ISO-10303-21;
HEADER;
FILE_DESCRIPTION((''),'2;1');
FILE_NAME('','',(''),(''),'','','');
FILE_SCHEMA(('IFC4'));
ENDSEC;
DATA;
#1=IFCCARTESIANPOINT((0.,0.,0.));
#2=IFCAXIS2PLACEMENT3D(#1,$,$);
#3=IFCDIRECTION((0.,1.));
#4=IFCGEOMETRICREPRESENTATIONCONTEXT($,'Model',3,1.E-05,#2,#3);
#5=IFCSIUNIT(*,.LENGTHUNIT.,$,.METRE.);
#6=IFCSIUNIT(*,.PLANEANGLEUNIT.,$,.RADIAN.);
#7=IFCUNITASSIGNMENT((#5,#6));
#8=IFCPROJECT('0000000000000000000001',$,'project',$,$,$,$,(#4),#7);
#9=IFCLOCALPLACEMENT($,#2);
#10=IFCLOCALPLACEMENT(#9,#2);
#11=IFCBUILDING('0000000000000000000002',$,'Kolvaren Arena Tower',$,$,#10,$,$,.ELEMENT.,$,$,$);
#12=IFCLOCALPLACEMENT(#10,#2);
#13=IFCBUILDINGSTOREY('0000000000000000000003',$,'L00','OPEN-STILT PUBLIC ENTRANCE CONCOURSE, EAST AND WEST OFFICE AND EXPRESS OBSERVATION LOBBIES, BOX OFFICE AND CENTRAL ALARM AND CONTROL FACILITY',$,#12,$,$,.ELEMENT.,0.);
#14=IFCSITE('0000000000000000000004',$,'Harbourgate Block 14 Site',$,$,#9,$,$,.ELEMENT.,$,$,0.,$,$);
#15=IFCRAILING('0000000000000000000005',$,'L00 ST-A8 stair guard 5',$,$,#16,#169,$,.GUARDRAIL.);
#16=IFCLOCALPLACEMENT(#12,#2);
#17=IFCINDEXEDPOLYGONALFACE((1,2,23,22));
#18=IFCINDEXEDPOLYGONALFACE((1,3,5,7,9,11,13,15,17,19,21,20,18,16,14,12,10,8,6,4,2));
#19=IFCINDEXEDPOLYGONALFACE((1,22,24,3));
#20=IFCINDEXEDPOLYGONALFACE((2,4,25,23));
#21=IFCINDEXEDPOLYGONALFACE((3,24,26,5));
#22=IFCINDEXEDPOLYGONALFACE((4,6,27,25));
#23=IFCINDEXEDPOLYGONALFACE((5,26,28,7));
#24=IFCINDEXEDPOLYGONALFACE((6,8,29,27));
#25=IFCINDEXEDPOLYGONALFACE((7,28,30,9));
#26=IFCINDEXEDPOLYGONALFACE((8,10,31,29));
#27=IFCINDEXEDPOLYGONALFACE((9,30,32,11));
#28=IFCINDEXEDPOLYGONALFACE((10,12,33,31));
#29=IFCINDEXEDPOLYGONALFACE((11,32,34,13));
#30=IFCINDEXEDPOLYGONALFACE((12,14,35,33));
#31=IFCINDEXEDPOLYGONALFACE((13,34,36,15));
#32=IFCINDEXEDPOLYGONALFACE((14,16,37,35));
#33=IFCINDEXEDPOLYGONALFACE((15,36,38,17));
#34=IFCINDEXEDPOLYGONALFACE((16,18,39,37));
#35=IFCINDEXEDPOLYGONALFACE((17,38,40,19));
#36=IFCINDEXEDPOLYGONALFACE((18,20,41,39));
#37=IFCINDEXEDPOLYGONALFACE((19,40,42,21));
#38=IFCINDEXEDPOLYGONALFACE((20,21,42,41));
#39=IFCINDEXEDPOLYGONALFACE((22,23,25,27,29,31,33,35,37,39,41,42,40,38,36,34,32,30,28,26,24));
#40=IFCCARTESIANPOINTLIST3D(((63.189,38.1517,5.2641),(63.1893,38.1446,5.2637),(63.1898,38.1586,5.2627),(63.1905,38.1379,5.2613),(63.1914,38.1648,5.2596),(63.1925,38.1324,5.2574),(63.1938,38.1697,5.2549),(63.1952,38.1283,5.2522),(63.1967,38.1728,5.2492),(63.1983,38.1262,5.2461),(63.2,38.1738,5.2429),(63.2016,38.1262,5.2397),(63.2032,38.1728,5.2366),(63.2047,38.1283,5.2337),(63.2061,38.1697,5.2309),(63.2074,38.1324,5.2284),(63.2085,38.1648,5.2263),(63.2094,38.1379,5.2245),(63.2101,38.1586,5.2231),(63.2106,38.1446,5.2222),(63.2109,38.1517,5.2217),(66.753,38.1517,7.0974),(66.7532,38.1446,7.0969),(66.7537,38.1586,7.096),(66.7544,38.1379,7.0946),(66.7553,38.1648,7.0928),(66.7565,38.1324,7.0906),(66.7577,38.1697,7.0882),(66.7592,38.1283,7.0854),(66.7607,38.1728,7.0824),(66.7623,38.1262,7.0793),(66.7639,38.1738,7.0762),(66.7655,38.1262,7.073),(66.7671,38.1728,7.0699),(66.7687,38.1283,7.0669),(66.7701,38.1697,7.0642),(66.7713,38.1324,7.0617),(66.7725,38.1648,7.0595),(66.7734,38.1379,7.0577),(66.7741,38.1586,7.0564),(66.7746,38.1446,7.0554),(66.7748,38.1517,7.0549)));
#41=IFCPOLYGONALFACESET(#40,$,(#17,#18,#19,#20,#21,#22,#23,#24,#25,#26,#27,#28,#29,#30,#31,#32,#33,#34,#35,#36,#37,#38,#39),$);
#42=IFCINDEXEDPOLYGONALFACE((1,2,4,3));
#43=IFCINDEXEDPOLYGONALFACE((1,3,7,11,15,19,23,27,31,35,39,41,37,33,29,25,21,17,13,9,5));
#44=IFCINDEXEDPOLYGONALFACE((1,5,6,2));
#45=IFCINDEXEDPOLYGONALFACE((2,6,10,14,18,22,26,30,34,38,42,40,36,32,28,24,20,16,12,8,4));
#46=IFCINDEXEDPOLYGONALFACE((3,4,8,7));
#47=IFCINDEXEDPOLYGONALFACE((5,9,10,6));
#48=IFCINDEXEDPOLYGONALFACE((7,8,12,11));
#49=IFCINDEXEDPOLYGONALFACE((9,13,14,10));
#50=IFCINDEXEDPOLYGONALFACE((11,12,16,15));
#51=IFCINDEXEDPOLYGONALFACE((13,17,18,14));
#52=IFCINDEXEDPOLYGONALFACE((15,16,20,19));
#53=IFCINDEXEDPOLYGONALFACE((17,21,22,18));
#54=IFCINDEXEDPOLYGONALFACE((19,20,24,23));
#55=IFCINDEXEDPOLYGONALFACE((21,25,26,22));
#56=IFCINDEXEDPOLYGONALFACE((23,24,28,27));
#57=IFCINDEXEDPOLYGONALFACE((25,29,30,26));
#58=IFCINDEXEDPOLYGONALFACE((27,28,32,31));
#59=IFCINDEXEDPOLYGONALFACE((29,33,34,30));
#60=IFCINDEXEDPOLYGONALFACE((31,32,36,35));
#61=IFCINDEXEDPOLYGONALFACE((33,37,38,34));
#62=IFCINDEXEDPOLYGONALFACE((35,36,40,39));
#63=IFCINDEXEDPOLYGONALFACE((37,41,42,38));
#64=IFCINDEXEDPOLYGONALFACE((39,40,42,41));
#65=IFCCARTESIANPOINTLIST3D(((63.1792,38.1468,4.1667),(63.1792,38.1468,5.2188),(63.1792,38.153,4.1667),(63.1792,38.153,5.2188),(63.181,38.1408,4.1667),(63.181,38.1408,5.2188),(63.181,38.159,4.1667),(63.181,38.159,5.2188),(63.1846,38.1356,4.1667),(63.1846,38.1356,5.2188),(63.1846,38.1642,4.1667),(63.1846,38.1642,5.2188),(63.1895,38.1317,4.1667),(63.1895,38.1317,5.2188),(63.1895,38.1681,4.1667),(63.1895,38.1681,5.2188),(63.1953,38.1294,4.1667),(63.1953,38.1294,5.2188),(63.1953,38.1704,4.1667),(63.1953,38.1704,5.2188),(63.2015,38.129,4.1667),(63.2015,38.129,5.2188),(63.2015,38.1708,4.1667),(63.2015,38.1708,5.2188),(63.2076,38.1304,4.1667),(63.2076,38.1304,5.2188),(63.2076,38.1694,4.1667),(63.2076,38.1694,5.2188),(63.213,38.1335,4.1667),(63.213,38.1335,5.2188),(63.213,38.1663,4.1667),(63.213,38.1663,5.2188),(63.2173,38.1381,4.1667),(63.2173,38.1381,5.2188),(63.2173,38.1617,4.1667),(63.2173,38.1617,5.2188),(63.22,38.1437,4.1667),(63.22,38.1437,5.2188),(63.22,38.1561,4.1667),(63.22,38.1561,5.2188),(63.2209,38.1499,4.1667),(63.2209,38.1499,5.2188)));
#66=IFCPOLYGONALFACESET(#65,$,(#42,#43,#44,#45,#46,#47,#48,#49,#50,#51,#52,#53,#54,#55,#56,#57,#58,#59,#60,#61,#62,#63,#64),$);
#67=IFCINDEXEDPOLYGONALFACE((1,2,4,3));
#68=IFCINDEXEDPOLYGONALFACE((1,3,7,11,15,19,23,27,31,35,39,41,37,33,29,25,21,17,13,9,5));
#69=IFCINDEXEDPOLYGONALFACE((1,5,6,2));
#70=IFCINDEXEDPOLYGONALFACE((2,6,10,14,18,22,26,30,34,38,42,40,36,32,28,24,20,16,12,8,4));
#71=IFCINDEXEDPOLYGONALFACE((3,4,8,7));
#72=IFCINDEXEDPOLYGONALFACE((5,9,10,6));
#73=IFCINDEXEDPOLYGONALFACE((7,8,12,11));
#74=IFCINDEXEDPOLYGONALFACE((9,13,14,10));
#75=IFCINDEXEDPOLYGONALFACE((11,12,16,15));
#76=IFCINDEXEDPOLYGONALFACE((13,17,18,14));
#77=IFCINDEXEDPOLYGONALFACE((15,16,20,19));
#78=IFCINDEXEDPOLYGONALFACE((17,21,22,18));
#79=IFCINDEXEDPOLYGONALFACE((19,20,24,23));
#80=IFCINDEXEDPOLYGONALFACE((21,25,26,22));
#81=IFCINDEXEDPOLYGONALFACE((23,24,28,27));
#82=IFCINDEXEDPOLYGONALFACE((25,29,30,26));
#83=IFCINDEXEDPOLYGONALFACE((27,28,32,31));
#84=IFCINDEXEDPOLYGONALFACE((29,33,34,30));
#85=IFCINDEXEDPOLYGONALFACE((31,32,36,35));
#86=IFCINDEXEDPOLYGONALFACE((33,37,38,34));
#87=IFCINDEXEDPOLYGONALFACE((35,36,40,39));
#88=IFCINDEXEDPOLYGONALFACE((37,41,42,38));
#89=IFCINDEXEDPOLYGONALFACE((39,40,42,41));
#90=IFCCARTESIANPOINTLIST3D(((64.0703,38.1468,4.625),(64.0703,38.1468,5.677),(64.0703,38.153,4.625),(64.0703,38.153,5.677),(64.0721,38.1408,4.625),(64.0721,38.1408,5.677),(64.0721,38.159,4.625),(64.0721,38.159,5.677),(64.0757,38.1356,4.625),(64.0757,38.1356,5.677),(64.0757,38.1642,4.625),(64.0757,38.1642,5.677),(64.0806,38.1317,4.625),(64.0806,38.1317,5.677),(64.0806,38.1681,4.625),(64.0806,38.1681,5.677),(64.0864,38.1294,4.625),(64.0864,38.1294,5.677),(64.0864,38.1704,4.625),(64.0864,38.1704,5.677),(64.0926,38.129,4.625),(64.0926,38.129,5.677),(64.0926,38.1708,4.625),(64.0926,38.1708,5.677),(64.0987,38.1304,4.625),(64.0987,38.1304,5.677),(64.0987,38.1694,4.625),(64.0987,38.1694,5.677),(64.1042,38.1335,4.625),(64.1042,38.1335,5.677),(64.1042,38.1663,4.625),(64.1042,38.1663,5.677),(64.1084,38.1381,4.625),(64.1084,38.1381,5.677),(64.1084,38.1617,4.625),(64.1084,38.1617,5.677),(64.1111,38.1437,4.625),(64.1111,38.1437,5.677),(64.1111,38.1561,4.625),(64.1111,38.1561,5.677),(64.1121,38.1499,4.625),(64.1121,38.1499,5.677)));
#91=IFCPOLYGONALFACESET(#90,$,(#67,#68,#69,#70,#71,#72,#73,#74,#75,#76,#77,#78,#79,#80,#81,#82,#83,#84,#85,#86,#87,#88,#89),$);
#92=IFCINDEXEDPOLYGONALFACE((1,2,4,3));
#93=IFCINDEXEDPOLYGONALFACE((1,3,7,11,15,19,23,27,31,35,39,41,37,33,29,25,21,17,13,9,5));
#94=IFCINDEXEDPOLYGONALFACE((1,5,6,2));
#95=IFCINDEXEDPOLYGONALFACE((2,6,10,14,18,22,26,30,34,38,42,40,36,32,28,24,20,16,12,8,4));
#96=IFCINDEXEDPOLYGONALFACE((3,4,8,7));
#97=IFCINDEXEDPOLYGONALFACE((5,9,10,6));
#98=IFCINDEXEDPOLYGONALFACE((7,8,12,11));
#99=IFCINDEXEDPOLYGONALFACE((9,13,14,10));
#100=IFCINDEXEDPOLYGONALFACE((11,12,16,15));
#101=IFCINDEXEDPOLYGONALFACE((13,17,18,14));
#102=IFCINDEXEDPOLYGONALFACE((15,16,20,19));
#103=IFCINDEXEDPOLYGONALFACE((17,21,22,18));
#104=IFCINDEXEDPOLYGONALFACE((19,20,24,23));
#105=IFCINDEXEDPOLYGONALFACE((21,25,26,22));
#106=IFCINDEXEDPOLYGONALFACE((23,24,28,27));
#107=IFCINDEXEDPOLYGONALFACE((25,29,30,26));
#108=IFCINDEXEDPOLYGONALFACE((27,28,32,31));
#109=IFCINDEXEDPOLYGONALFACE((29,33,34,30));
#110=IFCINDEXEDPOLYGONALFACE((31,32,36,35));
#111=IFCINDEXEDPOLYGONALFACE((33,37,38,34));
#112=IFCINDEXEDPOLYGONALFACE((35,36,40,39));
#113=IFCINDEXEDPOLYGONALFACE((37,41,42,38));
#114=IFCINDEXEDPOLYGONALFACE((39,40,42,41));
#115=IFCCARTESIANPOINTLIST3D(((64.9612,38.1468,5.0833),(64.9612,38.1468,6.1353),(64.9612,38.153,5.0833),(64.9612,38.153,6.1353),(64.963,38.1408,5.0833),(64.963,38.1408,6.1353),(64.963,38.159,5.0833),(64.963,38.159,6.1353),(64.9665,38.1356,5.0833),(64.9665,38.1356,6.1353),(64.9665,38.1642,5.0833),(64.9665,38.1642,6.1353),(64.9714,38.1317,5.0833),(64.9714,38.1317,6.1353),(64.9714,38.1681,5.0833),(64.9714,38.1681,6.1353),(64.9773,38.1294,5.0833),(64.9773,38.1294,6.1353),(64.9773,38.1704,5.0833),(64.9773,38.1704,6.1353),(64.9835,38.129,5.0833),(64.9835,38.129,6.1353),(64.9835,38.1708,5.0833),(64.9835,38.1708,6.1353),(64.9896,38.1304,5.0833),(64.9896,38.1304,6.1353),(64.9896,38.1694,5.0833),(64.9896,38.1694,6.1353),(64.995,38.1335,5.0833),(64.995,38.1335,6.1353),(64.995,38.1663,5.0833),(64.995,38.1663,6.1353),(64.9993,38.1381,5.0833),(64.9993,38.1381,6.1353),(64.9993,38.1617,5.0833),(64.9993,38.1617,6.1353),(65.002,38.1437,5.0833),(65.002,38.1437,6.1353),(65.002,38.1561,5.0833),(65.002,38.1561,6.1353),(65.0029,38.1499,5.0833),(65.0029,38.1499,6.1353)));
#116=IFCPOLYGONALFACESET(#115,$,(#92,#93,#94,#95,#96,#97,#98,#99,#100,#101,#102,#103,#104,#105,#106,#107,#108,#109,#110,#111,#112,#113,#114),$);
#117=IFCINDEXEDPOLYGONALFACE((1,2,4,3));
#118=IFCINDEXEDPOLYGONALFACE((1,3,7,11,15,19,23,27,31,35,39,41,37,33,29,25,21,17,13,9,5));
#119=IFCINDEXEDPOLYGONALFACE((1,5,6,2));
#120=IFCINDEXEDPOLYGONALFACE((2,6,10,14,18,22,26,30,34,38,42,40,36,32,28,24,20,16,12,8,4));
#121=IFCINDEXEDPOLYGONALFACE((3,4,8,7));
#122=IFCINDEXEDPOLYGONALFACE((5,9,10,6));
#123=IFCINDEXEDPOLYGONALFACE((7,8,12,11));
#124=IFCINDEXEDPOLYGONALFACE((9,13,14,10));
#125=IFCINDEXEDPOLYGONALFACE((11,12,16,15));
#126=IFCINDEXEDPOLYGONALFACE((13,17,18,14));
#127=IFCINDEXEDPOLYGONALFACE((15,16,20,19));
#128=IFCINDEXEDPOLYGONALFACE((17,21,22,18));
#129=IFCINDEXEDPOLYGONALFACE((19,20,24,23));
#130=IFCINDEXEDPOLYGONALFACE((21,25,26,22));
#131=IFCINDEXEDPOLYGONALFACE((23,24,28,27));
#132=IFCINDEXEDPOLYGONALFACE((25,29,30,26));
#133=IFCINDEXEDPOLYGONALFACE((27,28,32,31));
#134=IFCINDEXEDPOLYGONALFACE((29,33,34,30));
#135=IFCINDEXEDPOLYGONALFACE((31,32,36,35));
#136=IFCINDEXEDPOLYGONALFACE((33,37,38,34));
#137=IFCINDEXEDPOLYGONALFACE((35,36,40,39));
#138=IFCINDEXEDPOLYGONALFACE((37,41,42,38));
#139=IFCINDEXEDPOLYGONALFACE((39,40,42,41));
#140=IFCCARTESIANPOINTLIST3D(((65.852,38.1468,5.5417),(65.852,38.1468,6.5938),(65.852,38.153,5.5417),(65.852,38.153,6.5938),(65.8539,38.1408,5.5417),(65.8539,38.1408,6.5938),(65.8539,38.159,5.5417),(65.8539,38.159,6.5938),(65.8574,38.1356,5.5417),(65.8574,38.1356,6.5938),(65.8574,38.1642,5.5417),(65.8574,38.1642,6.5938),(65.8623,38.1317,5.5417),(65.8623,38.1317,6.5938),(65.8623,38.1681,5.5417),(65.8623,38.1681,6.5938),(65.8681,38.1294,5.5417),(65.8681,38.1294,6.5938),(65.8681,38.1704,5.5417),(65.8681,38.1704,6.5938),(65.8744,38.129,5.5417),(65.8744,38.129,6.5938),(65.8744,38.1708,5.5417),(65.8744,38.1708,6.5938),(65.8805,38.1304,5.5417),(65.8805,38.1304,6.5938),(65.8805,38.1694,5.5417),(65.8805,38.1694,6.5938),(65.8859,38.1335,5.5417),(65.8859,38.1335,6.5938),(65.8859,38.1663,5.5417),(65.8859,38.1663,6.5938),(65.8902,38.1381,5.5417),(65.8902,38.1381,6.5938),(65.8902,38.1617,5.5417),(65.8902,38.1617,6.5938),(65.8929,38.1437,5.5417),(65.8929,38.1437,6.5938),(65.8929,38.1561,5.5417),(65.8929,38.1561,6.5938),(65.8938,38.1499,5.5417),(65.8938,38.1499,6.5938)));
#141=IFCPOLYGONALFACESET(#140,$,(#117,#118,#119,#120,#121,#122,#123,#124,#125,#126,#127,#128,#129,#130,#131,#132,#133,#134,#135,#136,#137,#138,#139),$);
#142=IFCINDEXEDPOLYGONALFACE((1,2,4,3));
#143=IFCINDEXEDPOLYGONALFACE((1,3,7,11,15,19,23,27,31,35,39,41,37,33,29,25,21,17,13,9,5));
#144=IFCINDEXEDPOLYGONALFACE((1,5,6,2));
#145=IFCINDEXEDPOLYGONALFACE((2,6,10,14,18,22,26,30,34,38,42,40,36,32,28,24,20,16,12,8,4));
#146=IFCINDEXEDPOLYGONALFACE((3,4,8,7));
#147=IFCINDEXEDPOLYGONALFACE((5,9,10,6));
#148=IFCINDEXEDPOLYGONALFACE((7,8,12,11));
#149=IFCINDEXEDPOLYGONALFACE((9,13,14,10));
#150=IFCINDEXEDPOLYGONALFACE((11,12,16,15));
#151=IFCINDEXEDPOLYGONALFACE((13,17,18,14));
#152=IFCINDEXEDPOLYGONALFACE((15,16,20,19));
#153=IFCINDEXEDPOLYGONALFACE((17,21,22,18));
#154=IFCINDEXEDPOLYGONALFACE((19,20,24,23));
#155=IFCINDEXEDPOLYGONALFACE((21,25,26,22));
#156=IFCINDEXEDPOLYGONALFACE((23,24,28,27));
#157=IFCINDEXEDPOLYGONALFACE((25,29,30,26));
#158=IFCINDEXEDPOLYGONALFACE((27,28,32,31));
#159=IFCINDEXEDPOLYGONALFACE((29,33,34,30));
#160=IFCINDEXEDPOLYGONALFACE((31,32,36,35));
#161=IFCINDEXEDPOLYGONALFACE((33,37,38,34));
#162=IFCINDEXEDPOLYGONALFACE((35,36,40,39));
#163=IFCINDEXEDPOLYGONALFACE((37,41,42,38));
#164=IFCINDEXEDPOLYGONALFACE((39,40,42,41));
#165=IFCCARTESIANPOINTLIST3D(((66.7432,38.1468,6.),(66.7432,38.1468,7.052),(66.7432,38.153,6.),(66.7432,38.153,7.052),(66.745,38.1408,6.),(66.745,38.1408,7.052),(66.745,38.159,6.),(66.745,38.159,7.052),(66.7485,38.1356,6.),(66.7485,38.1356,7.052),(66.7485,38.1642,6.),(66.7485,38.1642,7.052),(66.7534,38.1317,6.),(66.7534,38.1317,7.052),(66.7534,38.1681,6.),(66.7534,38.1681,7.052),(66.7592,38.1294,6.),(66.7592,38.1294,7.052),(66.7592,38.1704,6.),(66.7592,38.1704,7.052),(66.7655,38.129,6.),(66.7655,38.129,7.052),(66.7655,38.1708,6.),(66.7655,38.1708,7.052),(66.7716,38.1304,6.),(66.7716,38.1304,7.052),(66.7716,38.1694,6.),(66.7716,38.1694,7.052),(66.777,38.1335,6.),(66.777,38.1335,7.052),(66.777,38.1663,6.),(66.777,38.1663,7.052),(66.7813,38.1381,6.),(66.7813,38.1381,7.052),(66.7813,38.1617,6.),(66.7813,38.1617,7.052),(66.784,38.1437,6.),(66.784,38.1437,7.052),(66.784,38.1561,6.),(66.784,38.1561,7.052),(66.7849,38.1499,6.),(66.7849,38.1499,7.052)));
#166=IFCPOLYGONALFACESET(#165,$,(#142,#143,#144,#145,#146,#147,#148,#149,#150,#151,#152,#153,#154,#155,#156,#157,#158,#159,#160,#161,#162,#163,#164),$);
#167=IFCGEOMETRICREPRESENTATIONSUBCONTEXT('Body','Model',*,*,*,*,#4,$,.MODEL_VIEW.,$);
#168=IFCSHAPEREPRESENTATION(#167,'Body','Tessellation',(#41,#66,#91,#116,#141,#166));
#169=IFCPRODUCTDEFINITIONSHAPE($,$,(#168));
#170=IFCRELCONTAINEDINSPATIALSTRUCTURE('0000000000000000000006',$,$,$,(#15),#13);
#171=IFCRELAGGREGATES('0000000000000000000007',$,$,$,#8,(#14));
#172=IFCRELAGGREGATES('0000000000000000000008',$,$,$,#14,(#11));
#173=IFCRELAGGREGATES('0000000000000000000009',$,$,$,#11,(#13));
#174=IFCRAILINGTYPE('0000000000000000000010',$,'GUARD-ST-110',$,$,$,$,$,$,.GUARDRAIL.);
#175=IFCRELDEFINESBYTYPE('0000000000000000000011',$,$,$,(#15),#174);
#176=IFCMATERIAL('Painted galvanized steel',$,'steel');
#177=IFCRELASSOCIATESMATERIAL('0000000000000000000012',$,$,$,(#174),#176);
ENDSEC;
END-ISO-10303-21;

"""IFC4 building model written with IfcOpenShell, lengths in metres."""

from ifc_helpers import new_model, si_unit, direction, frame, origin, origin_2d, place, context, subcontext, project, spatial, circle, extrude, material, type_object, element, save


model = new_model("IFC4")

# Units and contexts
model_context = context("Model", 3, precision=1e-05, world=origin(), true_north=direction((0.0, 1.0)))
body_context = subcontext(model_context, "Body", "Model", "MODEL_VIEW")
ifc_project = project(units=[si_unit("LENGTHUNIT", "METRE"), si_unit("PLANEANGLEUNIT", "RADIAN")], contexts=[model_context])

# Site, building, storey
site_placement = place(None, origin())
site = spatial("IfcSite", under=ifc_project, at=site_placement, Name="Harbourgate Block 14 Site", CompositionType="ELEMENT", RefElevation=0.0)
building_placement = place(site_placement, origin())
building = spatial("IfcBuilding", under=site, at=building_placement, Name="Kolvaren Arena Tower", CompositionType="ELEMENT")
storey_placement = place(building_placement, origin())
storey = spatial("IfcBuildingStorey", under=building, at=storey_placement, Name="L00", Description="OPEN-STILT PUBLIC ENTRANCE CONCOURSE, EAST AND WEST OFFICE AND EXPRESS OBSERVATION LOBBIES, BOX OFFICE AND CENTRAL ALARM AND CONTROL FACILITY", CompositionType="ELEMENT", Elevation=0.0)

# Railing
ifc_material_1 = material(Name="Painted galvanized steel", Category="steel")
railing_type_1 = type_object("IfcRailingType", Name="GUARD-ST-110", PredefinedType="GUARDRAIL", material=ifc_material_1)
railing_1_placement = place(storey_placement, frame((63.2, 38.1499, 4.1667)))
element("IfcRailing", 1, at=railing_1_placement, inside=storey, type_object=railing_type_1, Name="L00 ST-A8 stair guard 5", PredefinedType="GUARDRAIL", context=body_context, shape_type="SweptSolid", body=[
    extrude(circle(Radius=0.0239, at=origin_2d()), frame((0.0, 0.0, 1.0762), z_axis=(0.889252, 0.0, 0.457418), x_axis=(0.0, 1.0, 0.0)), (0.0, 0.0, 1.0), 4.0078),
    extrude(circle(Radius=0.021, at=origin_2d()), origin(), (0.0, 0.0, 1.0), 1.052),
    extrude(circle(Radius=0.021, at=origin_2d()), frame((0.8911, 0.0, 0.4583)), (0.0, 0.0, 1.0), 1.052),
    extrude(circle(Radius=0.021, at=origin_2d()), frame((1.782, 0.0, 0.9165)), (0.0, 0.0, 1.0), 1.052),
    extrude(circle(Radius=0.021, at=origin_2d()), frame((2.6729, 0.0, 1.375)), (0.0, 0.0, 1.0), 1.052),
    extrude(circle(Radius=0.021, at=origin_2d()), frame((3.564, 0.0, 1.8333)), (0.0, 0.0, 1.0), 1.052),
])

save(model, "model.ifc")
